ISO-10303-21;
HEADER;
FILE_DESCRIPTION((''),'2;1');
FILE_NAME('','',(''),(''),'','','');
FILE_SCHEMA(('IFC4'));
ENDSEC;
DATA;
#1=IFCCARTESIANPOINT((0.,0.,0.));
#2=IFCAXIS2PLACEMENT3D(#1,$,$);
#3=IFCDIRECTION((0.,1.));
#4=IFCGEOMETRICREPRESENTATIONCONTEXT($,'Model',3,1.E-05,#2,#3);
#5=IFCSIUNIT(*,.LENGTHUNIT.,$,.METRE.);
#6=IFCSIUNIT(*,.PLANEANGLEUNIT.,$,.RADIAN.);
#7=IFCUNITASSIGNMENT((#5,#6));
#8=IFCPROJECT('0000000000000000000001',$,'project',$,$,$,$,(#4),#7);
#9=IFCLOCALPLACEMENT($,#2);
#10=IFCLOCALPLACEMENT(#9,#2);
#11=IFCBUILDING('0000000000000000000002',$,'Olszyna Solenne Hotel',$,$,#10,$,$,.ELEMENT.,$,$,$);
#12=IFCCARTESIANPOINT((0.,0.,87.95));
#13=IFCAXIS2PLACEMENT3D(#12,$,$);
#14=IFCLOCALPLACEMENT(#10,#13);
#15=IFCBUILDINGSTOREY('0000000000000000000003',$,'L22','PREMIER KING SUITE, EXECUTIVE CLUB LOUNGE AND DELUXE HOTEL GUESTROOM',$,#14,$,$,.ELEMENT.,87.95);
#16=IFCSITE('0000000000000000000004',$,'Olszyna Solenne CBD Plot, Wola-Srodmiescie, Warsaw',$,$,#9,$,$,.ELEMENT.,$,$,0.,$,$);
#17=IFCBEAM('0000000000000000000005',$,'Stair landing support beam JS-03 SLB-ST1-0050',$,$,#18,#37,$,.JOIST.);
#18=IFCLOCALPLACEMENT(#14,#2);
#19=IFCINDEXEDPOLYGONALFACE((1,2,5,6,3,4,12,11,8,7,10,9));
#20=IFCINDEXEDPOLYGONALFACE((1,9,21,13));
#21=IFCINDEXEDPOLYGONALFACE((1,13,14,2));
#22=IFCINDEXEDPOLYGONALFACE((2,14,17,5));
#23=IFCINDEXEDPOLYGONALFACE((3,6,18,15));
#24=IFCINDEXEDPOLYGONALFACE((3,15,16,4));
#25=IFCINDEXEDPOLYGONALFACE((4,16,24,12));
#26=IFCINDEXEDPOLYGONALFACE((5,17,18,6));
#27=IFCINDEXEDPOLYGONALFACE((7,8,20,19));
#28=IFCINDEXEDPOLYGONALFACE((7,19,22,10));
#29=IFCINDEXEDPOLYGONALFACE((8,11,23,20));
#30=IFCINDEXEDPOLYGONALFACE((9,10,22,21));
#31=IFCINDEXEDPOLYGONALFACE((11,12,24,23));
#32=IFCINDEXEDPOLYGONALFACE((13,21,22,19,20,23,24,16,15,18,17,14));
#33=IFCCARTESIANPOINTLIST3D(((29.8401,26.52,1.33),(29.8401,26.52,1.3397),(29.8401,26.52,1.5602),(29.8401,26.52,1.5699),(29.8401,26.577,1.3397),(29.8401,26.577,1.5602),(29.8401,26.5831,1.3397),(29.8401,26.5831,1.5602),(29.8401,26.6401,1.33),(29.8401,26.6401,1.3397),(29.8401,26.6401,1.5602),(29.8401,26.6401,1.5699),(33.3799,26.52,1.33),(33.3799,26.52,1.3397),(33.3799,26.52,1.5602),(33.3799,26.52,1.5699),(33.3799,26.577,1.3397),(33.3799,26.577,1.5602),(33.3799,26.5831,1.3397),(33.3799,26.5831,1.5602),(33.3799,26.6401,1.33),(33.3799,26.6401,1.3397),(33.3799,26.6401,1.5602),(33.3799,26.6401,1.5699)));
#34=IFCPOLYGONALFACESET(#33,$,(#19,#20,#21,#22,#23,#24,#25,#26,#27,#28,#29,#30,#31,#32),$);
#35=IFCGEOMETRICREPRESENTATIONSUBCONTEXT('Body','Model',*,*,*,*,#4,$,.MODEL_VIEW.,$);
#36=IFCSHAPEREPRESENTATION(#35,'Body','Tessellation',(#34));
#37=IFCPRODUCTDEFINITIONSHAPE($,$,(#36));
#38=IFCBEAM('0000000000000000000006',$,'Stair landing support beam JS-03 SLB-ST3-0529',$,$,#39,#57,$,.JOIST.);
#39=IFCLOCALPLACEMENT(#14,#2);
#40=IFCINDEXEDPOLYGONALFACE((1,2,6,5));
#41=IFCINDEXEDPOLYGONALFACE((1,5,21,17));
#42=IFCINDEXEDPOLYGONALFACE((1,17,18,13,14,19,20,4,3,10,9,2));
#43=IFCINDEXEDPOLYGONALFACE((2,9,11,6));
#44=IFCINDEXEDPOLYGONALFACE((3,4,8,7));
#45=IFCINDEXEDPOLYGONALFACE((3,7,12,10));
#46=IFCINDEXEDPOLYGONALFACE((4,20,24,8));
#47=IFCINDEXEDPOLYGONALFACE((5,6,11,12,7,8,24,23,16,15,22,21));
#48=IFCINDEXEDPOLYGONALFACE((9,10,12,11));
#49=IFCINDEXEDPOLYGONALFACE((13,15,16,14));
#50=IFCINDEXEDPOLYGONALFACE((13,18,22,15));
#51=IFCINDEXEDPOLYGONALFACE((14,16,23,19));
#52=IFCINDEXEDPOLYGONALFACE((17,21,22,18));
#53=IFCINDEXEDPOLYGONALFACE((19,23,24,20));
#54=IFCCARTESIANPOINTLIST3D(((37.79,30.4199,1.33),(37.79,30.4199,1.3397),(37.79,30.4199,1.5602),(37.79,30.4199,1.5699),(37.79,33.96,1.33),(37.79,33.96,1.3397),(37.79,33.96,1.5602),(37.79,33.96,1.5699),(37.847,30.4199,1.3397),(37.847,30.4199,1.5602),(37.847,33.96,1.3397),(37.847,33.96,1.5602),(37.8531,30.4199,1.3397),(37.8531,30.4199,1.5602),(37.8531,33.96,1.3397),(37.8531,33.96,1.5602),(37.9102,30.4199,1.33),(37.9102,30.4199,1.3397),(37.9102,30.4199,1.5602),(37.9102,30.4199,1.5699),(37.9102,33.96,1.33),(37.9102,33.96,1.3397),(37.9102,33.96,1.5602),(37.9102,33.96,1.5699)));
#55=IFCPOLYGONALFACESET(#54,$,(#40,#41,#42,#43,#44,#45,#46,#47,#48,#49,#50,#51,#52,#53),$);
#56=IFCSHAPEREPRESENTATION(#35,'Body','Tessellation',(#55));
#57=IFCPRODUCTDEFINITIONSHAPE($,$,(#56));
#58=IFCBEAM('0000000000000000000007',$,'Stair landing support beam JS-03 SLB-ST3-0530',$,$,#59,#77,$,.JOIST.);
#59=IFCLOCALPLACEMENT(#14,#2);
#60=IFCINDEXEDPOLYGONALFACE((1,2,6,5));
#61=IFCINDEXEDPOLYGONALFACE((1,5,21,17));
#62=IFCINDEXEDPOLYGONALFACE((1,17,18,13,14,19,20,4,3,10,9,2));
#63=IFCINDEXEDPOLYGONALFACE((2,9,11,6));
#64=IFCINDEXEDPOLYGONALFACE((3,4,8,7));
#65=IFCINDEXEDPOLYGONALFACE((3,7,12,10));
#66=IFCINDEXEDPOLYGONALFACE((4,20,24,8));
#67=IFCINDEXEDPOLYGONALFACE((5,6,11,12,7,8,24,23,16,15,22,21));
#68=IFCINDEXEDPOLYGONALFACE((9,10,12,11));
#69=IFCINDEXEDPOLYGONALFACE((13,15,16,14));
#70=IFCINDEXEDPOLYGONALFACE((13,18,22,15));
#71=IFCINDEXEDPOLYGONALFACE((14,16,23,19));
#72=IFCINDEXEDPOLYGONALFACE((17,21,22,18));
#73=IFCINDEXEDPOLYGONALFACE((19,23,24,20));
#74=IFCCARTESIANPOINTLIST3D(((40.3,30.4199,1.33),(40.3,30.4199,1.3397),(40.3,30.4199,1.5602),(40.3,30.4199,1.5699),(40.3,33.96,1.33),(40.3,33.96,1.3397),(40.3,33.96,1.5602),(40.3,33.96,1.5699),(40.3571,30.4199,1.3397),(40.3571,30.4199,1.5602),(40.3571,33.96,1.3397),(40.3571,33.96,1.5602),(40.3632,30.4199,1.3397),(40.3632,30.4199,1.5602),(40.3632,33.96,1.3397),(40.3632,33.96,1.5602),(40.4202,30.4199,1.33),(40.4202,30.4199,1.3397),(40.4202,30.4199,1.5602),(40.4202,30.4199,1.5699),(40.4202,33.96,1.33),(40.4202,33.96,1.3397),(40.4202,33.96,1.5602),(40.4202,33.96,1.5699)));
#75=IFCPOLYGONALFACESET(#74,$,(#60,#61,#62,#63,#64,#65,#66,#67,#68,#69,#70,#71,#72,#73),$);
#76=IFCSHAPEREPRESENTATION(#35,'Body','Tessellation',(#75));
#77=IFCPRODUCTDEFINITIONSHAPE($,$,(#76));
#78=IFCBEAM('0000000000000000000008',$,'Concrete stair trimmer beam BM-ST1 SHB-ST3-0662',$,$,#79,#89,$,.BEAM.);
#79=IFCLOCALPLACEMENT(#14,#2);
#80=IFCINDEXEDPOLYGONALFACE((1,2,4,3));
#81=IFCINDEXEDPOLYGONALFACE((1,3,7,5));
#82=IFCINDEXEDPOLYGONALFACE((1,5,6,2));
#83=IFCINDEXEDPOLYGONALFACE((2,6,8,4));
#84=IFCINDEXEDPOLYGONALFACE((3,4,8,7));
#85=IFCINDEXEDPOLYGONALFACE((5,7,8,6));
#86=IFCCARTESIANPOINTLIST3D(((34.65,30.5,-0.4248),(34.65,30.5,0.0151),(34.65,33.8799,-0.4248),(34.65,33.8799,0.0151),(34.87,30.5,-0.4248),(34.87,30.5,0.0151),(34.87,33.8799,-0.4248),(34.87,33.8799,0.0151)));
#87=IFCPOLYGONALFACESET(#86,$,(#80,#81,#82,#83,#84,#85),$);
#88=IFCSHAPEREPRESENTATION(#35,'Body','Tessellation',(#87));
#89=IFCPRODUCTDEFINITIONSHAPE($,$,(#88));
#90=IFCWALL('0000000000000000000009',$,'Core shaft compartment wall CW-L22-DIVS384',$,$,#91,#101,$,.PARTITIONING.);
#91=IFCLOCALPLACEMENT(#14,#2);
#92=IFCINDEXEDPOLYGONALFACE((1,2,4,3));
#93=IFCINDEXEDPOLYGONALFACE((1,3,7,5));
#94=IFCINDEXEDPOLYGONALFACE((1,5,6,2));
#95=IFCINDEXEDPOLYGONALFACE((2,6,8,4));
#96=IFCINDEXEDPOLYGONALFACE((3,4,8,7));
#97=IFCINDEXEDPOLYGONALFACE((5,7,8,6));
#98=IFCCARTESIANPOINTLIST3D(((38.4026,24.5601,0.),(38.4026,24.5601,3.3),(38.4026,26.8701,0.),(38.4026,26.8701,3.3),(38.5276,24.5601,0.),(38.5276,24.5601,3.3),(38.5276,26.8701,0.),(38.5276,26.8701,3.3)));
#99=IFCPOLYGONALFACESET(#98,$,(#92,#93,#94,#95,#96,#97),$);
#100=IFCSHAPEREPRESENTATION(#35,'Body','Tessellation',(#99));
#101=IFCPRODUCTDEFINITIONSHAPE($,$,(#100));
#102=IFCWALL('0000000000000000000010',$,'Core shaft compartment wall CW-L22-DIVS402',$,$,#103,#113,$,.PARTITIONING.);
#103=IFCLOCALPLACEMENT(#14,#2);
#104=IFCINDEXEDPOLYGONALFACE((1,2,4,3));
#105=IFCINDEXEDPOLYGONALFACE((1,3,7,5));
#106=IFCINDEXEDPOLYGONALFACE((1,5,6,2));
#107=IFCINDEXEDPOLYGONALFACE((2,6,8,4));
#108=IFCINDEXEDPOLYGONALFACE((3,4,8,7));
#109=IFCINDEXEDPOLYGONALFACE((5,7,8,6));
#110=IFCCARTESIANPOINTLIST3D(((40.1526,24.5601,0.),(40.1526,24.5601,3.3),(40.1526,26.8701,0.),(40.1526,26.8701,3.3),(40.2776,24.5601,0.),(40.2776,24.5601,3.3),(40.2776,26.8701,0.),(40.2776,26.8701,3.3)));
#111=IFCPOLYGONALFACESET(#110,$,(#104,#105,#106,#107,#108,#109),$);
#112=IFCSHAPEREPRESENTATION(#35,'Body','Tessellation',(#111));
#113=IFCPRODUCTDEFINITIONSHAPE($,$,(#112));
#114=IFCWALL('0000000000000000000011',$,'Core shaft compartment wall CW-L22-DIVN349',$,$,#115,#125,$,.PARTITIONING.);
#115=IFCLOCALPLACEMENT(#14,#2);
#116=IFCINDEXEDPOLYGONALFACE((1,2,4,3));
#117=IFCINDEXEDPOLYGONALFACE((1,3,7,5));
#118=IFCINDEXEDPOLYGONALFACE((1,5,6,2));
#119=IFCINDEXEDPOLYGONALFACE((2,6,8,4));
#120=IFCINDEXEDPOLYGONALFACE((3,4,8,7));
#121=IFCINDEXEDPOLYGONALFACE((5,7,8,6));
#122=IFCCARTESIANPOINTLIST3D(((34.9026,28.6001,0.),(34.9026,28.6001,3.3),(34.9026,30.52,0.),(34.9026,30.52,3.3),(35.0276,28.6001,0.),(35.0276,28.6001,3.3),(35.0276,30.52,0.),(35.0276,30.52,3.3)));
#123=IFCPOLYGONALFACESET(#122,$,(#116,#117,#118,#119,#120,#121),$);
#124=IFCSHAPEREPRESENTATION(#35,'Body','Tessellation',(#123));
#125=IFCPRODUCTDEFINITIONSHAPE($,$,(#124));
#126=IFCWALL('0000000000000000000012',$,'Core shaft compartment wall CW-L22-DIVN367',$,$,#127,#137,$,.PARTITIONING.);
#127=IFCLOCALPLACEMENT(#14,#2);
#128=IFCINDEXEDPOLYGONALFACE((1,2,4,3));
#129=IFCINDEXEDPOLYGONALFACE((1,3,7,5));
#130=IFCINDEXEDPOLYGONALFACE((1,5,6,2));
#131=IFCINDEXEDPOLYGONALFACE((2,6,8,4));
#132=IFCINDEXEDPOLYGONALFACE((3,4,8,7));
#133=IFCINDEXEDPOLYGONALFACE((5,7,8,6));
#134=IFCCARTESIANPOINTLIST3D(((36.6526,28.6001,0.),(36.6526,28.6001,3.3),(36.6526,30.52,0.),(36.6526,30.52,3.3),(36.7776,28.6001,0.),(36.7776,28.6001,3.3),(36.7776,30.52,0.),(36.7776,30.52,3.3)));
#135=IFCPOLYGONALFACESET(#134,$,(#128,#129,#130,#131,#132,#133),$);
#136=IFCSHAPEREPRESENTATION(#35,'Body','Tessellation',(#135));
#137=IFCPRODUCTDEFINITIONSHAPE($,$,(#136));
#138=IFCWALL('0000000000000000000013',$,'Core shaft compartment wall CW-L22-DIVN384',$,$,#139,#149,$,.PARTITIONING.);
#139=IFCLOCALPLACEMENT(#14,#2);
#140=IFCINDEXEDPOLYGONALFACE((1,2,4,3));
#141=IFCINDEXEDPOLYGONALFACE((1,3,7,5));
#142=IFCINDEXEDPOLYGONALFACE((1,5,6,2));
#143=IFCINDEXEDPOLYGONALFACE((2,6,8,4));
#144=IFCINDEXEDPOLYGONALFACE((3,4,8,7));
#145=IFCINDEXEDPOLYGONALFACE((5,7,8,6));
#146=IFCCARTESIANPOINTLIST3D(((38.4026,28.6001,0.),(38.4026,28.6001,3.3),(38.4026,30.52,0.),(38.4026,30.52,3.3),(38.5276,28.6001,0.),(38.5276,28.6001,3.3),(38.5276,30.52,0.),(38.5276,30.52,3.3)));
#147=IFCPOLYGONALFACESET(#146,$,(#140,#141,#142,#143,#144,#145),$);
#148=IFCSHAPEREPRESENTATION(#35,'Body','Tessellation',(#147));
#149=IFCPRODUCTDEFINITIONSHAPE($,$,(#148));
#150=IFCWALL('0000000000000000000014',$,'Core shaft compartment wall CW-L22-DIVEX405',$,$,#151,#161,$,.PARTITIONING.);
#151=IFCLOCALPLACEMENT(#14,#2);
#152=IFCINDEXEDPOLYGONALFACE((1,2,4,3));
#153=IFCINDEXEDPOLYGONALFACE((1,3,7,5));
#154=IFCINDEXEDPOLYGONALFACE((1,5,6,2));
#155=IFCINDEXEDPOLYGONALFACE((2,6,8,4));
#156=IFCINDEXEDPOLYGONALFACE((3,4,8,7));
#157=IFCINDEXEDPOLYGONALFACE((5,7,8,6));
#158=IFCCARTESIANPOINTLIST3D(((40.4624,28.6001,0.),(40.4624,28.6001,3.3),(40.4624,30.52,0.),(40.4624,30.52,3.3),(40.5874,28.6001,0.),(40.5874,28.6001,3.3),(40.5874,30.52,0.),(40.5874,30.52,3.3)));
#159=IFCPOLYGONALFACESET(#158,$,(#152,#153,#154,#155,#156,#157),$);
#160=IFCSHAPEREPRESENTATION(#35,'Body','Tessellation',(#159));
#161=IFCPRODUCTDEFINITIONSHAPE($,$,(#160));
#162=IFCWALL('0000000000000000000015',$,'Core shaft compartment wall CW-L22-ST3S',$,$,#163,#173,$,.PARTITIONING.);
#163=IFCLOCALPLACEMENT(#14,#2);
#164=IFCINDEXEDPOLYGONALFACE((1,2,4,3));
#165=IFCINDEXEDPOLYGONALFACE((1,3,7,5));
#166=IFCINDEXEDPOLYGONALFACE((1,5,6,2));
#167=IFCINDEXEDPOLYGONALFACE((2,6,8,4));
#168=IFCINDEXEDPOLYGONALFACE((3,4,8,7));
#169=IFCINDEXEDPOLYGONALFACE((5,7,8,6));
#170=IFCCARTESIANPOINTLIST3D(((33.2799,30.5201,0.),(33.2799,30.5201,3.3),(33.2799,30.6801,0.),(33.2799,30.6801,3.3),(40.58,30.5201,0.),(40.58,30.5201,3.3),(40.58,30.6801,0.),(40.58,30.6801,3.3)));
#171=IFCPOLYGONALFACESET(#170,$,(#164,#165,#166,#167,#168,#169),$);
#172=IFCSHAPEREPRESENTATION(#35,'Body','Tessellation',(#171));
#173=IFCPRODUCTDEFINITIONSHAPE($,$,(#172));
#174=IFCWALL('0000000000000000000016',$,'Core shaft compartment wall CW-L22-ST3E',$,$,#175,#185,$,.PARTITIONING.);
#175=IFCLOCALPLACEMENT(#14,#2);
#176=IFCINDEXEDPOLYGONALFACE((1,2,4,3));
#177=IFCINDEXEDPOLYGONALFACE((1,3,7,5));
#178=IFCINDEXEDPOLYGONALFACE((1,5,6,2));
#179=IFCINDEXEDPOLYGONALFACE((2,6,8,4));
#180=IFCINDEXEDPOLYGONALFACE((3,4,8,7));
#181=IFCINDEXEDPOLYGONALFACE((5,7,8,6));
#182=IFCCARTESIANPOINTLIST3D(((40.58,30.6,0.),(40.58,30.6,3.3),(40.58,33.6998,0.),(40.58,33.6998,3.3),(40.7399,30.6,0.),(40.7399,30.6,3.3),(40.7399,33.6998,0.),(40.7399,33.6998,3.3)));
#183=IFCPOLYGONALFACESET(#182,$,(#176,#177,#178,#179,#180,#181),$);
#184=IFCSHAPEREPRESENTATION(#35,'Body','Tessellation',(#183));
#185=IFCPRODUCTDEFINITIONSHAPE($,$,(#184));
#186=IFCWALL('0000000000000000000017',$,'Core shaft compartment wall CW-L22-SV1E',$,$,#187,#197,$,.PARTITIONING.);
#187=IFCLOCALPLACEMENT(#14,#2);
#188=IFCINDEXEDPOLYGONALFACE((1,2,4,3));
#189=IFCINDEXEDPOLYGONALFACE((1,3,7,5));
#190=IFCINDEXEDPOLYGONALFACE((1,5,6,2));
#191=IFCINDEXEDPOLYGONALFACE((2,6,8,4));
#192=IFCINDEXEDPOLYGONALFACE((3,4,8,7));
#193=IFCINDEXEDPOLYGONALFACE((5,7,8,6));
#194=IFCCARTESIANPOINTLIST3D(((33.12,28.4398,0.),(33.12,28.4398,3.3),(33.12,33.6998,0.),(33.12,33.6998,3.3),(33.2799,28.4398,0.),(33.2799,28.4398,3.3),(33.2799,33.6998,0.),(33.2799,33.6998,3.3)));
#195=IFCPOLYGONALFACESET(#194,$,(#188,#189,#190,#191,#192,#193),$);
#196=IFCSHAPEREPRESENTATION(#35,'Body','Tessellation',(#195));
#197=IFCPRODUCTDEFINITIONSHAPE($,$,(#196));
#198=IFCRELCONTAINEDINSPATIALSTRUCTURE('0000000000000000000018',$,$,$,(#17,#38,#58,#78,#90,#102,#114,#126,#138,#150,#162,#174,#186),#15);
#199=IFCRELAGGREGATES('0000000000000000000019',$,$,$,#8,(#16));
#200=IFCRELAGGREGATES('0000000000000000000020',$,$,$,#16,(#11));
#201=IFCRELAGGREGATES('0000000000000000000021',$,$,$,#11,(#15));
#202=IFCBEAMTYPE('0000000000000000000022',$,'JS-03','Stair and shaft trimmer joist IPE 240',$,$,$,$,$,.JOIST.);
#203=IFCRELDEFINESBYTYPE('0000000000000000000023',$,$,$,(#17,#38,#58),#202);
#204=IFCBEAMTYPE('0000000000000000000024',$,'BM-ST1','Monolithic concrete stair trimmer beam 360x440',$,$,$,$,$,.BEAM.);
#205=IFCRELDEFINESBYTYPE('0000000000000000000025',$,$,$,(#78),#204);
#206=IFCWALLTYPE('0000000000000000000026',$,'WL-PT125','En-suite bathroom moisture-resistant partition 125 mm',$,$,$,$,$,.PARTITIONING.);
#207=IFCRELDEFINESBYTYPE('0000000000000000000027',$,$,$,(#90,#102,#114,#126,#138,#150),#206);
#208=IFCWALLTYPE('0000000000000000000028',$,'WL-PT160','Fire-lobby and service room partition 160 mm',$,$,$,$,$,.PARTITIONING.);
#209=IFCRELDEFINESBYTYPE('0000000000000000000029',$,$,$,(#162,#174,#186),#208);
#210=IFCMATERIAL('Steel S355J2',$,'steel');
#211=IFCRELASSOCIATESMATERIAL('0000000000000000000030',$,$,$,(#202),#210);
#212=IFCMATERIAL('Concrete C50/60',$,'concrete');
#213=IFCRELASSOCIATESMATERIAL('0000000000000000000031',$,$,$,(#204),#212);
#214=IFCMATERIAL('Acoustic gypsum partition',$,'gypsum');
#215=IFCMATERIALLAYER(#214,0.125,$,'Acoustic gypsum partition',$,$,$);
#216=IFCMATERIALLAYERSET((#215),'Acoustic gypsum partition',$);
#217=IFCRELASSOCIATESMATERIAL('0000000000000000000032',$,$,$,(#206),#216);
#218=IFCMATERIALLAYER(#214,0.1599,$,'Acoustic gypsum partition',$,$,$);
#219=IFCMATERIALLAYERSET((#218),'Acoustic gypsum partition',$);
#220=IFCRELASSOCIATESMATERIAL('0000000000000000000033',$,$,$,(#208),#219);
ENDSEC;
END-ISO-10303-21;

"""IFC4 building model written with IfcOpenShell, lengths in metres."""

from ifc_helpers import new_model, si_unit, direction, frame, frame_2d, origin, origin_2d, place, context, subcontext, project, spatial, rectangle, i_section, extrude, source, transform, mapped, material, layer, layer_set, material_profile, profile_set, type_object, element, save


model = new_model("IFC4")

# Units and contexts
model_context = context("Model", 3, precision=1e-05, world=origin(), true_north=direction((0.0, 1.0)))
body_context = subcontext(model_context, "Body", "Model", "MODEL_VIEW")
ifc_project = project(units=[si_unit("LENGTHUNIT", "METRE"), si_unit("PLANEANGLEUNIT", "RADIAN")], contexts=[model_context])

# Site, building, storey
site_placement = place(None, origin())
site = spatial("IfcSite", under=ifc_project, at=site_placement, Name="Olszyna Solenne CBD Plot, Wola-Srodmiescie, Warsaw", CompositionType="ELEMENT", RefElevation=0.0)
building_placement = place(site_placement, origin())
building = spatial("IfcBuilding", under=site, at=building_placement, Name="Olszyna Solenne Hotel", CompositionType="ELEMENT")
storey_placement = place(building_placement, frame((0.0, 0.0, 87.95)))
storey = spatial("IfcBuildingStorey", under=building, at=storey_placement, Name="L22", Description="PREMIER KING SUITE, EXECUTIVE CLUB LOUNGE AND DELUXE HOTEL GUESTROOM", CompositionType="ELEMENT", Elevation=87.95)

# Beams
ifc_material_1 = material(Name="Steel S355J2", Category="steel")
ifc_material_profile_1 = material_profile(ifc_material_1, i_section(OverallWidth=0.1201, OverallDepth=0.24, WebThickness=0.0061, FlangeThickness=0.0098, at=origin_2d()), Name="IPE 240", Category="load-bearing")
ifc_profile_set_1 = profile_set([ifc_material_profile_1], Name="Steel S355J2")
beam_type_1 = type_object("IfcBeamType", Name="JS-03", Description="Stair and shaft trimmer joist IPE 240", PredefinedType="JOIST", material=ifc_profile_set_1)
shared_shape_1 = source(origin(), body_context, "Body", "SweptSolid", [
    extrude(i_section(OverallWidth=0.1201, OverallDepth=0.24, WebThickness=0.0061, FlangeThickness=0.0098, at=origin_2d()), origin(), (0.0, 0.0, 1.0), 3.5398),
])
beam_1_placement = place(storey_placement, frame((33.3799, 26.5801, 1.45), z_axis=(-1.0, 0.0, 0.0), x_axis=(0.0, -1.0, 0.0)))
element("IfcBeam", 1, at=beam_1_placement, inside=storey, type_object=beam_type_1, Name="Stair landing support beam JS-03 SLB-ST1-0050", PredefinedType="JOIST", context=body_context, shape_type="MappedRepresentation", body=[
    mapped(shared_shape_1, transform((0.0, 0.0, 0.0), x_axis=(1.0, 0.0, 0.0), y_axis=(0.0, 1.0, 0.0), z_axis=(0.0, 0.0, 1.0), scale=1.0)),
])
shared_shape_2 = source(origin(), body_context, "Body", "SweptSolid", [
    extrude(i_section(OverallWidth=0.1201, OverallDepth=0.24, WebThickness=0.0061, FlangeThickness=0.0098, at=origin_2d()), origin(), (0.0, 0.0, 1.0), 3.54),
])
for number, where, z_axis, x_axis, name in (
    (2, (37.8501, 30.4199, 1.45), (0.0, 1.0, 0.0), (-1.0, 0.0, 0.0), "Stair landing support beam JS-03 SLB-ST3-0529"),
    (3, (40.3601, 30.4199, 1.45), (0.0, 1.0, 0.0), (-1.0, 0.0, 0.0), "Stair landing support beam JS-03 SLB-ST3-0530"),
):
    element("IfcBeam", number, at=place(storey_placement, frame(where, z_axis=z_axis, x_axis=x_axis)), inside=storey, type_object=beam_type_1, Name=name, PredefinedType="JOIST", context=body_context, shape_type="MappedRepresentation", body=[
        mapped(shared_shape_2, transform((0.0, 0.0, 0.0), x_axis=(1.0, 0.0, 0.0), y_axis=(0.0, 1.0, 0.0), z_axis=(0.0, 0.0, 1.0), scale=1.0)),
    ])
ifc_material_2 = material(Name="Concrete C50/60", Category="concrete")
ifc_material_profile_2 = material_profile(ifc_material_2, rectangle(XDim=0.22, YDim=0.4399, at=origin_2d()), Name="RC 220x440", Category="load-bearing")
ifc_profile_set_2 = profile_set([ifc_material_profile_2], Name="Concrete C50/60")
beam_type_2 = type_object("IfcBeamType", Name="BM-ST1", Description="Monolithic concrete stair trimmer beam 360x440", PredefinedType="BEAM", material=ifc_profile_set_2)
shared_shape_3 = source(origin(), body_context, "Body", "SweptSolid", [
    extrude(rectangle(XDim=0.22, YDim=0.4399, at=origin_2d()), origin(), (0.0, 0.0, 1.0), 3.3799),
])
beam_2_placement = place(storey_placement, frame((34.76, 30.5, -0.2048), z_axis=(0.0, 1.0, 0.0), x_axis=(-1.0, 0.0, 0.0)))
element("IfcBeam", 4, at=beam_2_placement, inside=storey, type_object=beam_type_2, Name="Concrete stair trimmer beam BM-ST1 SHB-ST3-0662", PredefinedType="BEAM", context=body_context, shape_type="MappedRepresentation", body=[
    mapped(shared_shape_3, transform((0.0, 0.0, 0.0), x_axis=(1.0, 0.0, 0.0), y_axis=(0.0, 1.0, 0.0), z_axis=(0.0, 0.0, 1.0), scale=1.0)),
])

# Walls
ifc_material_3 = material(Name="Acoustic gypsum partition", Category="gypsum")
ifc_layer_1 = layer(ifc_material_3, 0.125, Name="Acoustic gypsum partition")
ifc_layer_set_1 = layer_set([ifc_layer_1], Name="Acoustic gypsum partition")
wall_type_1 = type_object("IfcWallType", Name="WL-PT125", Description="En-suite bathroom moisture-resistant partition 125 mm", PredefinedType="PARTITIONING", material=ifc_layer_set_1)
for number, where, z_axis, x_axis, name in (
    (5, (38.4651, 24.5601, 0.0), (0.0, 0.0, 1.0), (0.0, 1.0, 0.0), "Core shaft compartment wall CW-L22-DIVS384"),
    (6, (40.2151, 24.5601, 0.0), (0.0, 0.0, 1.0), (0.0, 1.0, 0.0), "Core shaft compartment wall CW-L22-DIVS402"),
):
    element("IfcWall", number, at=place(storey_placement, frame(where, z_axis=z_axis, x_axis=x_axis)), inside=storey, type_object=wall_type_1, Name=name, PredefinedType="PARTITIONING", context=body_context, shape_type="SweptSolid", body=[
        extrude(rectangle(XDim=2.3101, YDim=0.125, at=frame_2d((1.155, 0.0))), origin(), (0.0, 0.0, 1.0), 3.3),
    ])
for number, where, z_axis, x_axis, name in (
    (7, (34.9651, 28.6001, 0.0), (0.0, 0.0, 1.0), (0.0, 1.0, 0.0), "Core shaft compartment wall CW-L22-DIVN349"),
    (8, (36.7151, 28.6001, 0.0), (0.0, 0.0, 1.0), (0.0, 1.0, 0.0), "Core shaft compartment wall CW-L22-DIVN367"),
    (9, (38.4651, 28.6001, 0.0), (0.0, 0.0, 1.0), (0.0, 1.0, 0.0), "Core shaft compartment wall CW-L22-DIVN384"),
    (10, (40.5249, 28.6001, 0.0), (0.0, 0.0, 1.0), (0.0, 1.0, 0.0), "Core shaft compartment wall CW-L22-DIVEX405"),
):
    element("IfcWall", number, at=place(storey_placement, frame(where, z_axis=z_axis, x_axis=x_axis)), inside=storey, type_object=wall_type_1, Name=name, PredefinedType="PARTITIONING", context=body_context, shape_type="SweptSolid", body=[
        extrude(rectangle(XDim=1.9199, YDim=0.125, at=frame_2d((0.96, 0.0))), origin(), (0.0, 0.0, 1.0), 3.3),
    ])
ifc_layer_2 = layer(ifc_material_3, 0.1599, Name="Acoustic gypsum partition")
ifc_layer_set_2 = layer_set([ifc_layer_2], Name="Acoustic gypsum partition")
wall_type_2 = type_object("IfcWallType", Name="WL-PT160", Description="Fire-lobby and service room partition 160 mm", PredefinedType="PARTITIONING", material=ifc_layer_set_2)
wall_1_placement = place(storey_placement, frame((33.28, 30.6001, 0.0), z_axis=(0.0, 0.0, 1.0), x_axis=(1.0, 0.0, 0.0)))
element("IfcWall", 11, at=wall_1_placement, inside=storey, type_object=wall_type_2, Name="Core shaft compartment wall CW-L22-ST3S", PredefinedType="PARTITIONING", context=body_context, shape_type="SweptSolid", body=[
    extrude(rectangle(XDim=7.3, YDim=0.1599, at=frame_2d((3.6499, 0.0))), origin(), (0.0, 0.0, 1.0), 3.3),
])
wall_2_placement = place(storey_placement, frame((40.6599, 30.6001, 0.0), z_axis=(0.0, 0.0, 1.0), x_axis=(0.0, 1.0, 0.0)))
element("IfcWall", 12, at=wall_2_placement, inside=storey, type_object=wall_type_2, Name="Core shaft compartment wall CW-L22-ST3E", PredefinedType="PARTITIONING", context=body_context, shape_type="SweptSolid", body=[
    extrude(rectangle(XDim=3.0999, YDim=0.1599, at=frame_2d((1.5498, 0.0))), origin(), (0.0, 0.0, 1.0), 3.3),
])
wall_3_placement = place(storey_placement, frame((33.2, 28.4399, 0.0), z_axis=(0.0, 0.0, 1.0), x_axis=(0.0, 1.0, 0.0)))
element("IfcWall", 13, at=wall_3_placement, inside=storey, type_object=wall_type_2, Name="Core shaft compartment wall CW-L22-SV1E", PredefinedType="PARTITIONING", context=body_context, shape_type="SweptSolid", body=[
    extrude(rectangle(XDim=5.26, YDim=0.1599, at=frame_2d((2.6299, 0.0))), origin(), (0.0, 0.0, 1.0), 3.3),
])

save(model, "model.ifc")
